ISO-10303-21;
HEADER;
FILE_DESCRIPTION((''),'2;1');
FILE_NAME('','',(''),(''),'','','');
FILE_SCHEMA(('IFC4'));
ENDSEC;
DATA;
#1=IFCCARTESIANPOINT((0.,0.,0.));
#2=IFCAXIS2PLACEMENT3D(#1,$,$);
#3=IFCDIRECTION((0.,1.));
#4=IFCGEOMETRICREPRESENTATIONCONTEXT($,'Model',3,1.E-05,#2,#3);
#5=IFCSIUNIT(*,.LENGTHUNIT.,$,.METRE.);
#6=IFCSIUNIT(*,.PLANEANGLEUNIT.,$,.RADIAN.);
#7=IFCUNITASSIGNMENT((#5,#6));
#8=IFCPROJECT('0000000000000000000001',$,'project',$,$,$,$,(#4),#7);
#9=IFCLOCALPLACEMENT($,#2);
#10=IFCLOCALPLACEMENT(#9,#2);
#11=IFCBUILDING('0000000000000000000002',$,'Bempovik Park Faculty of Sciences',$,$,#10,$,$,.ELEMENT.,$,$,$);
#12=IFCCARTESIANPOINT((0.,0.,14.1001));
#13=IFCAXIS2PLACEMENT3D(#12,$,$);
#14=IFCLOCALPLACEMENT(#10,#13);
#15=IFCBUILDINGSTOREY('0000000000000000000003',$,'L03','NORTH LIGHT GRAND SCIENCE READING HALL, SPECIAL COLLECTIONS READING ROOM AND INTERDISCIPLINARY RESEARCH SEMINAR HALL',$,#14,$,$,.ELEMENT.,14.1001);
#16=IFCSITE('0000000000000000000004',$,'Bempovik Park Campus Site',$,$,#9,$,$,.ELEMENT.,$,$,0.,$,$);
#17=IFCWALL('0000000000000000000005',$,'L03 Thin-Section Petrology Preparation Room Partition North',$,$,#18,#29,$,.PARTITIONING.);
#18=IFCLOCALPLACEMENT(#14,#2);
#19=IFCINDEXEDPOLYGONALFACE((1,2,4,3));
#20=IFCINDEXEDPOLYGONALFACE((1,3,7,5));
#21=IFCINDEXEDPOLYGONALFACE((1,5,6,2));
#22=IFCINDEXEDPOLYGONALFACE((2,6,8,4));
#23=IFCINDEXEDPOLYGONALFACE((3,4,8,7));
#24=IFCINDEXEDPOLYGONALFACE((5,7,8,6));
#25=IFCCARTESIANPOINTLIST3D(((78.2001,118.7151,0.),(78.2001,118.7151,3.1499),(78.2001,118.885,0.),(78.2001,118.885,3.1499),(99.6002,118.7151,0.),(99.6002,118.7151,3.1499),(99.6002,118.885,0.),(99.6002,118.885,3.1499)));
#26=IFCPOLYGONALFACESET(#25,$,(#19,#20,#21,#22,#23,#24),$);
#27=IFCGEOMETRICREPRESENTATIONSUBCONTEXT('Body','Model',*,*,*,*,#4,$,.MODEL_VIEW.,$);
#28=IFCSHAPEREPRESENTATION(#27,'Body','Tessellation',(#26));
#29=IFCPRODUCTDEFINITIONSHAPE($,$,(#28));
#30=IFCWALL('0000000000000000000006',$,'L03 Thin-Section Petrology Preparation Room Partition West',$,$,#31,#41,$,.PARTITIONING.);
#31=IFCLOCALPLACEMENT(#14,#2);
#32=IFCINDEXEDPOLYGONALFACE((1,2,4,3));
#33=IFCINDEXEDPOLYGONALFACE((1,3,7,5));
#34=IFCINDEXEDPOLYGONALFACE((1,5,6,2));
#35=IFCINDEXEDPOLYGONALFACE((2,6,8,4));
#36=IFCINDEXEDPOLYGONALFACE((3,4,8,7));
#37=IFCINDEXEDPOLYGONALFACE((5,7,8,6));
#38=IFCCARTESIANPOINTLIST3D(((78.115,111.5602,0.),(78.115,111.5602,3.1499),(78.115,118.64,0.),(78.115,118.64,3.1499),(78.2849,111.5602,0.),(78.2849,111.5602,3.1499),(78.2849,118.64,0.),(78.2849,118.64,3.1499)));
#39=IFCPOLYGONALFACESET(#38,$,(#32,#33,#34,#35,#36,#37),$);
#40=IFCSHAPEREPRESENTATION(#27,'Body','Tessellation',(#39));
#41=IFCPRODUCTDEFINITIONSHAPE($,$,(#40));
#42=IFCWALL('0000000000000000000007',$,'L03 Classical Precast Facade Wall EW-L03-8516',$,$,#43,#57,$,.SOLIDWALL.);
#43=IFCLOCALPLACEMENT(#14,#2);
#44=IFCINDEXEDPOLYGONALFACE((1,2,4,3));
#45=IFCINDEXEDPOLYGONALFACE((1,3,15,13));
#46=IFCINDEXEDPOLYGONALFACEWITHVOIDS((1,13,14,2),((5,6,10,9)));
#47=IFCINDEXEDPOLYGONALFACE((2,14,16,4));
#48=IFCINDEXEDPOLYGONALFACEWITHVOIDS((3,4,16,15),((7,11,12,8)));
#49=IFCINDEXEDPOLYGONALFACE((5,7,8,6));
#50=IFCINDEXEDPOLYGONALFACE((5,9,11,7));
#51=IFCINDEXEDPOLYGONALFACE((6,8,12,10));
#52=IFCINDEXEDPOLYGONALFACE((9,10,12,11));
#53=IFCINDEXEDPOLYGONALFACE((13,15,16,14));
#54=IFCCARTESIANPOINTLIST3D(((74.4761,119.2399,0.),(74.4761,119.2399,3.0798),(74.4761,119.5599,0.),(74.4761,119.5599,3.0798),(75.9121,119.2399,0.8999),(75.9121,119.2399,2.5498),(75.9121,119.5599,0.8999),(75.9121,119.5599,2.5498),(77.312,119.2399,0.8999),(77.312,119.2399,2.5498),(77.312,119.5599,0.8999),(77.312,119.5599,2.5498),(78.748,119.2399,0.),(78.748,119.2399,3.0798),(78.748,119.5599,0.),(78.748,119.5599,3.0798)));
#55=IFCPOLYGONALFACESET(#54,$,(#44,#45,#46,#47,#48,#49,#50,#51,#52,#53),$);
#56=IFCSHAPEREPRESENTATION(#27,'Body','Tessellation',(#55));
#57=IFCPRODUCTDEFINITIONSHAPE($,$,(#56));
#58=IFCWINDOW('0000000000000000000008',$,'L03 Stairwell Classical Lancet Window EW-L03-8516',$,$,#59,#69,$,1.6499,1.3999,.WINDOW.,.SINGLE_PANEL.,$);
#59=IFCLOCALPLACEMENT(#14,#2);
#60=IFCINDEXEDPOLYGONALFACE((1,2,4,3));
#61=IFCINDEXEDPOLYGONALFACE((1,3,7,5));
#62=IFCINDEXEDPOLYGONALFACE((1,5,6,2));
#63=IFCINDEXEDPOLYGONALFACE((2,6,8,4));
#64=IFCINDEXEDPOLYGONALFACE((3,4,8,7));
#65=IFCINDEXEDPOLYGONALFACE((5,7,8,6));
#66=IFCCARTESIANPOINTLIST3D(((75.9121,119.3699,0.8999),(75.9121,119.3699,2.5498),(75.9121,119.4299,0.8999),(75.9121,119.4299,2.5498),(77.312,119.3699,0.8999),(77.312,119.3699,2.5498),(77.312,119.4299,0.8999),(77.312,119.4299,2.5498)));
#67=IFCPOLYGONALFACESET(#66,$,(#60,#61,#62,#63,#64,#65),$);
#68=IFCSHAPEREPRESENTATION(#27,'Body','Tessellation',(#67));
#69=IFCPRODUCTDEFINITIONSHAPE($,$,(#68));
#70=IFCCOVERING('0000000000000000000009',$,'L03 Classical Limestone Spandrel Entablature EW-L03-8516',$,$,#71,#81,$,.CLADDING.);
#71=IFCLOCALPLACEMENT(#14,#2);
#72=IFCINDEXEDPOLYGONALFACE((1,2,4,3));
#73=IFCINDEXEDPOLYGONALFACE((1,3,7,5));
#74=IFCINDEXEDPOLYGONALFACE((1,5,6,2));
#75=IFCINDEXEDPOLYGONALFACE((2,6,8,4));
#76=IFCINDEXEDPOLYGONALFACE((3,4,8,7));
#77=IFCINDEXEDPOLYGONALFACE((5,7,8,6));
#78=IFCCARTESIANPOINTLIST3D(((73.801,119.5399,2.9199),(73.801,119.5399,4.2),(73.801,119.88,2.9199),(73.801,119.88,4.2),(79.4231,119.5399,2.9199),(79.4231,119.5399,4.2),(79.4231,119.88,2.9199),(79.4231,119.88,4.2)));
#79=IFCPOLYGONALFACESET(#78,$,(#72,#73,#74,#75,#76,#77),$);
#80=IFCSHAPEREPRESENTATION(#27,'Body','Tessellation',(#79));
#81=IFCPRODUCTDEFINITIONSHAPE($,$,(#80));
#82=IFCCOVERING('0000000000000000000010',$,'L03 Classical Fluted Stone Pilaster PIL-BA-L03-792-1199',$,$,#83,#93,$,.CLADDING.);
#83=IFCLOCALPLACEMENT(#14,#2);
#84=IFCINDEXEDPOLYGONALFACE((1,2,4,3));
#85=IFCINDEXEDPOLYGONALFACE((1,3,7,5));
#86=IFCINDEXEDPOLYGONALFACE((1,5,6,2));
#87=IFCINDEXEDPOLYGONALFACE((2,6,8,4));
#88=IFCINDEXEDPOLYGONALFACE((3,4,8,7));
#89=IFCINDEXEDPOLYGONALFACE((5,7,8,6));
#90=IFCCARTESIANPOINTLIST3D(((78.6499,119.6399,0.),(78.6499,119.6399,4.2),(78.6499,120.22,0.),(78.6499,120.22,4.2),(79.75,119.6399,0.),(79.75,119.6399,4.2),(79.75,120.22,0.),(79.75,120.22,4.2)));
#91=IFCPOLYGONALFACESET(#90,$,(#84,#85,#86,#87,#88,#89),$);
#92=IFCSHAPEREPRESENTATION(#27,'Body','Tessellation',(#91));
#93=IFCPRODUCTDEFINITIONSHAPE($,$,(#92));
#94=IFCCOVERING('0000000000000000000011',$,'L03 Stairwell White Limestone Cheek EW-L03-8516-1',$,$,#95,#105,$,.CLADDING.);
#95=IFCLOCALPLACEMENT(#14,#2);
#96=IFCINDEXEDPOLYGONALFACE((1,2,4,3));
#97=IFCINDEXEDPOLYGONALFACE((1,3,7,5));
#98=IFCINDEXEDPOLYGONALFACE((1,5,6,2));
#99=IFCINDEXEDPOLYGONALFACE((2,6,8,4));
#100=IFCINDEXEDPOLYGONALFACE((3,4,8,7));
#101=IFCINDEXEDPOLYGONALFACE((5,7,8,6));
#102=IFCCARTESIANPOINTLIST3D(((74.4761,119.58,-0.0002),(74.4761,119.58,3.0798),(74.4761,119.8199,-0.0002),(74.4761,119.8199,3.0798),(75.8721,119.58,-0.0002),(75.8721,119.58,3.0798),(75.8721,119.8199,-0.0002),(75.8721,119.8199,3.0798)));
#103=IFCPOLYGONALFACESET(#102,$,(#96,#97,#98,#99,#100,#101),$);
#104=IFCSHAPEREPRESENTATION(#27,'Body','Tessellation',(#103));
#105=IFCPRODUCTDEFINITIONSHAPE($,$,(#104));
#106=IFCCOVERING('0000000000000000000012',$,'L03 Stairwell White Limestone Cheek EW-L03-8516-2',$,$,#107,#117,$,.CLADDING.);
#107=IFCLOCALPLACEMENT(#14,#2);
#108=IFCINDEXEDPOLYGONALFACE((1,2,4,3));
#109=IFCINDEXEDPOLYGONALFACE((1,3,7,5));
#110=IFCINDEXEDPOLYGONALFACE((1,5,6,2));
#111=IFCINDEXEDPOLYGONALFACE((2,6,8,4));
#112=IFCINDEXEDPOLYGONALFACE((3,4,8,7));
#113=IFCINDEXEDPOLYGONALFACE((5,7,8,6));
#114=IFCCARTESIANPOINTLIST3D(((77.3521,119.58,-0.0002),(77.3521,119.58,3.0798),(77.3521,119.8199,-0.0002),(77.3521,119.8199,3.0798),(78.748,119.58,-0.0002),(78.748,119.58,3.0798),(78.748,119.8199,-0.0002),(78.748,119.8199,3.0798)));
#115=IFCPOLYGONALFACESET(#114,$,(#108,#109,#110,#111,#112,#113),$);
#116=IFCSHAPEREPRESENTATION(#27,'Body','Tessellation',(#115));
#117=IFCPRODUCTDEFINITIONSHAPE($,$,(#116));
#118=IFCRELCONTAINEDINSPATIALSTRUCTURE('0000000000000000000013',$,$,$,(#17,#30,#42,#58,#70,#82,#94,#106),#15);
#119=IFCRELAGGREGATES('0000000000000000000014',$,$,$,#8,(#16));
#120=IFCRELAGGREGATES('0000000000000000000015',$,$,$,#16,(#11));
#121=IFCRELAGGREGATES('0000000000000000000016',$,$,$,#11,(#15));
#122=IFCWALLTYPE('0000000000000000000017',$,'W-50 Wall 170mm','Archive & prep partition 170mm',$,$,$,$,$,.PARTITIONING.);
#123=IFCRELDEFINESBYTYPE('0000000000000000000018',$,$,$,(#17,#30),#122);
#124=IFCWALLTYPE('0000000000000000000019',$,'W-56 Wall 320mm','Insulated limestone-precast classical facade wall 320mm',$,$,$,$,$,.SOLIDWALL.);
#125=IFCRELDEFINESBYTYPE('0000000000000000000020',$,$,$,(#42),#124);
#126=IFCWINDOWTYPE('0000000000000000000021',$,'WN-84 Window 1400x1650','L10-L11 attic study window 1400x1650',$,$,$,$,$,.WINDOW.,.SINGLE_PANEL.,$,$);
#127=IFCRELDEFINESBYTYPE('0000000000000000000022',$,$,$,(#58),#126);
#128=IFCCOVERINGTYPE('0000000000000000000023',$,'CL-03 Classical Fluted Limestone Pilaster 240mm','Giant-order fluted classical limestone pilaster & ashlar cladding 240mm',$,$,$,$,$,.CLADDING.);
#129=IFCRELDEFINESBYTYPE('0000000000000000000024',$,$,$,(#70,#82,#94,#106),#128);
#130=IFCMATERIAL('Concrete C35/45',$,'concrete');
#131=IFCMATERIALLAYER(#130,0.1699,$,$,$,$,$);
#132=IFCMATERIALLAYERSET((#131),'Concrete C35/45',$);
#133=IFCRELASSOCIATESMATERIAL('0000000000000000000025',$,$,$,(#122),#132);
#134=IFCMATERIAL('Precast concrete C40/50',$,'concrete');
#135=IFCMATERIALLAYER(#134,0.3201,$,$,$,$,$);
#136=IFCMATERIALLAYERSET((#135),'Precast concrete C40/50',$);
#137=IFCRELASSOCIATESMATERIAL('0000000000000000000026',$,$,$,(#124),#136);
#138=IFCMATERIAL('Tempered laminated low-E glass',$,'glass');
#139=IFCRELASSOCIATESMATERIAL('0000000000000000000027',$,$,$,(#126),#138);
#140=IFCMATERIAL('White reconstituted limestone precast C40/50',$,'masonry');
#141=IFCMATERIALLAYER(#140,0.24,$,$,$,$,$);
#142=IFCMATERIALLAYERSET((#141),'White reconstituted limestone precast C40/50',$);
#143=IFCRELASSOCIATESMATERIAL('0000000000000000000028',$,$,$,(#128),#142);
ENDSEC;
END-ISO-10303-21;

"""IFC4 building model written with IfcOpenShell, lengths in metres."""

from ifc_helpers import new_model, si_unit, direction, frame, frame_2d, origin, origin_2d, place, context, subcontext, project, spatial, rectangle, extrude, material, layer, layer_set, type_object, element, fill, save


model = new_model("IFC4")

# Units and contexts
model_context = context("Model", 3, precision=1e-05, world=origin(), true_north=direction((0.0, 1.0)))
body_context = subcontext(model_context, "Body", "Model", "MODEL_VIEW")
ifc_project = project(units=[si_unit("LENGTHUNIT", "METRE"), si_unit("PLANEANGLEUNIT", "RADIAN")], contexts=[model_context])

# Site, building, storey
site_placement = place(None, origin())
site = spatial("IfcSite", under=ifc_project, at=site_placement, Name="Bempovik Park Campus Site", CompositionType="ELEMENT", RefElevation=0.0)
building_placement = place(site_placement, origin())
building = spatial("IfcBuilding", under=site, at=building_placement, Name="Bempovik Park Faculty of Sciences", CompositionType="ELEMENT")
storey_placement = place(building_placement, frame((0.0, 0.0, 14.1001)))
storey = spatial("IfcBuildingStorey", under=building, at=storey_placement, Name="L03", Description="NORTH LIGHT GRAND SCIENCE READING HALL, SPECIAL COLLECTIONS READING ROOM AND INTERDISCIPLINARY RESEARCH SEMINAR HALL", CompositionType="ELEMENT", Elevation=14.1001)

# Shared definitions
ifc_material_1 = material(Name="Concrete C35/45", Category="concrete")

# Shared definitions
ifc_layer_1 = layer(ifc_material_1, 0.1699)
ifc_layer_set_1 = layer_set([ifc_layer_1], Name="Concrete C35/45")
wall_type_1 = type_object("IfcWallType", Name="W-50 Wall 170mm", Description="Archive & prep partition 170mm", PredefinedType="PARTITIONING", material=ifc_layer_set_1)

# Walls
wall_1_placement = place(storey_placement, frame((78.2, 118.8, 0.0), z_axis=(0.0, 0.0, 1.0), x_axis=(1.0, 0.0, 0.0)))
element("IfcWall", 1, at=wall_1_placement, inside=storey, type_object=wall_type_1, Name="L03 Thin-Section Petrology Preparation Room Partition North", PredefinedType="PARTITIONING", context=body_context, shape_type="SweptSolid", body=[
    extrude(rectangle(XDim=21.4001, YDim=0.1699, at=frame_2d((10.7002, 0.0))), origin(), (0.0, 0.0, 1.0), 3.1499),
])
wall_2_placement = place(storey_placement, frame((78.2, 111.5601, 0.0), z_axis=(0.0, 0.0, 1.0), x_axis=(0.0, 1.0, 0.0)))
element("IfcWall", 2, at=wall_2_placement, inside=storey, type_object=wall_type_1, Name="L03 Thin-Section Petrology Preparation Room Partition West", PredefinedType="PARTITIONING", context=body_context, shape_type="SweptSolid", body=[
    extrude(rectangle(XDim=7.0798, YDim=0.1699, at=frame_2d((3.54, 0.0))), origin(), (0.0, 0.0, 1.0), 3.1499),
])

# Wall, opening, window
ifc_material_2 = material(Name="Precast concrete C40/50", Category="concrete")
ifc_layer_2 = layer(ifc_material_2, 0.3201)
ifc_layer_set_2 = layer_set([ifc_layer_2], Name="Precast concrete C40/50")
wall_type_2 = type_object("IfcWallType", Name="W-56 Wall 320mm", Description="Insulated limestone-precast classical facade wall 320mm", PredefinedType="SOLIDWALL", material=ifc_layer_set_2)
wall_3_placement = place(storey_placement, frame((74.4761, 119.3999, 0.0), z_axis=(0.0, 0.0, 1.0), x_axis=(1.0, 0.0, 0.0)))
wall_3 = element("IfcWall", 3, at=wall_3_placement, inside=storey, type_object=wall_type_2, Name="L03 Classical Precast Facade Wall EW-L03-8516", PredefinedType="SOLIDWALL", context=body_context, shape_type="SweptSolid", body=[
    extrude(rectangle(XDim=4.272, YDim=0.3201, at=frame_2d((2.136, 0.0))), origin(), (0.0, 0.0, 1.0), 3.0798),
])
opening_1_placement = place(wall_3_placement, frame((1.436, 0.0, 0.8999)))
opening_1 = element("IfcOpeningElement", 4, at=opening_1_placement, cuts=wall_3, PredefinedType="OPENING", context=body_context, shape_type="SweptSolid", body=[
    extrude(rectangle(XDim=1.3999, YDim=1.6499, at=frame_2d((0.7, 0.825))), frame((0.0, 0.1699, 0.0), z_axis=(0.0, -1.0, 0.0), x_axis=(1.0, 0.0, 0.0)), (0.0, 0.0, 1.0), 0.3401),
])
ifc_material_3 = material(Name="Tempered laminated low-E glass", Category="glass")
window_type = type_object("IfcWindowType", Name="WN-84 Window 1400x1650", Description="L10-L11 attic study window 1400x1650", PartitioningType="SINGLE_PANEL", PredefinedType="WINDOW", material=ifc_material_3)
window_placement = place(opening_1_placement, origin())
window = element("IfcWindow", 5, at=window_placement, inside=storey, type_object=window_type, Name="L03 Stairwell Classical Lancet Window EW-L03-8516", OverallHeight=1.6499, OverallWidth=1.3999, PartitioningType="SINGLE_PANEL", PredefinedType="WINDOW", context=body_context, shape_type="SweptSolid", body=[
    extrude(rectangle(XDim=1.3999, YDim=1.6499, at=frame_2d((0.7, 0.825))), frame((0.0, 0.03, 0.0), z_axis=(0.0, -1.0, 0.0), x_axis=(1.0, 0.0, 0.0)), (0.0, 0.0, 1.0), 0.0601),
])
fill(opening_1, window)

# Coverings
ifc_material_4 = material(Name="White reconstituted limestone precast C40/50", Category="masonry")
ifc_layer_3 = layer(ifc_material_4, 0.24)
ifc_layer_set_3 = layer_set([ifc_layer_3], Name="White reconstituted limestone precast C40/50")
covering_type = type_object("IfcCoveringType", Name="CL-03 Classical Fluted Limestone Pilaster 240mm", Description="Giant-order fluted classical limestone pilaster & ashlar cladding 240mm", PredefinedType="CLADDING", material=ifc_layer_set_3)
covering_1_placement = place(storey_placement, frame((76.6121, 119.71, 2.9199), z_axis=(0.0, 0.0, 1.0), x_axis=(1.0, 0.0, 0.0)))
element("IfcCovering", 6, at=covering_1_placement, inside=storey, type_object=covering_type, Name="L03 Classical Limestone Spandrel Entablature EW-L03-8516", PredefinedType="CLADDING", context=body_context, shape_type="SweptSolid", body=[
    extrude(rectangle(XDim=5.6221, YDim=0.3401, at=origin_2d()), origin(), (0.0, 0.0, 1.0), 1.28),
])
covering_2_placement = place(storey_placement, frame((79.2, 119.9299, 0.0), z_axis=(0.0, 0.0, 1.0), x_axis=(1.0, 0.0, 0.0)))
element("IfcCovering", 7, at=covering_2_placement, inside=storey, type_object=covering_type, Name="L03 Classical Fluted Stone Pilaster PIL-BA-L03-792-1199", PredefinedType="CLADDING", context=body_context, shape_type="SweptSolid", body=[
    extrude(rectangle(XDim=1.1001, YDim=0.5801, at=origin_2d()), origin(), (0.0, 0.0, 1.0), 4.2),
])
for number, where, z_axis, x_axis, name in (
    (8, (75.1741, 119.7, -0.0002), (0.0, 0.0, 1.0), (1.0, 0.0, 0.0), "L03 Stairwell White Limestone Cheek EW-L03-8516-1"),
    (9, (78.05, 119.7, -0.0002), (0.0, 0.0, 1.0), (1.0, 0.0, 0.0), "L03 Stairwell White Limestone Cheek EW-L03-8516-2"),
):
    element("IfcCovering", number, at=place(storey_placement, frame(where, z_axis=z_axis, x_axis=x_axis)), inside=storey, type_object=covering_type, Name=name, PredefinedType="CLADDING", context=body_context, shape_type="SweptSolid", body=[
        extrude(rectangle(XDim=1.396, YDim=0.24, at=origin_2d()), origin(), (0.0, 0.0, 1.0), 3.0801),
    ])

save(model, "model.ifc")
